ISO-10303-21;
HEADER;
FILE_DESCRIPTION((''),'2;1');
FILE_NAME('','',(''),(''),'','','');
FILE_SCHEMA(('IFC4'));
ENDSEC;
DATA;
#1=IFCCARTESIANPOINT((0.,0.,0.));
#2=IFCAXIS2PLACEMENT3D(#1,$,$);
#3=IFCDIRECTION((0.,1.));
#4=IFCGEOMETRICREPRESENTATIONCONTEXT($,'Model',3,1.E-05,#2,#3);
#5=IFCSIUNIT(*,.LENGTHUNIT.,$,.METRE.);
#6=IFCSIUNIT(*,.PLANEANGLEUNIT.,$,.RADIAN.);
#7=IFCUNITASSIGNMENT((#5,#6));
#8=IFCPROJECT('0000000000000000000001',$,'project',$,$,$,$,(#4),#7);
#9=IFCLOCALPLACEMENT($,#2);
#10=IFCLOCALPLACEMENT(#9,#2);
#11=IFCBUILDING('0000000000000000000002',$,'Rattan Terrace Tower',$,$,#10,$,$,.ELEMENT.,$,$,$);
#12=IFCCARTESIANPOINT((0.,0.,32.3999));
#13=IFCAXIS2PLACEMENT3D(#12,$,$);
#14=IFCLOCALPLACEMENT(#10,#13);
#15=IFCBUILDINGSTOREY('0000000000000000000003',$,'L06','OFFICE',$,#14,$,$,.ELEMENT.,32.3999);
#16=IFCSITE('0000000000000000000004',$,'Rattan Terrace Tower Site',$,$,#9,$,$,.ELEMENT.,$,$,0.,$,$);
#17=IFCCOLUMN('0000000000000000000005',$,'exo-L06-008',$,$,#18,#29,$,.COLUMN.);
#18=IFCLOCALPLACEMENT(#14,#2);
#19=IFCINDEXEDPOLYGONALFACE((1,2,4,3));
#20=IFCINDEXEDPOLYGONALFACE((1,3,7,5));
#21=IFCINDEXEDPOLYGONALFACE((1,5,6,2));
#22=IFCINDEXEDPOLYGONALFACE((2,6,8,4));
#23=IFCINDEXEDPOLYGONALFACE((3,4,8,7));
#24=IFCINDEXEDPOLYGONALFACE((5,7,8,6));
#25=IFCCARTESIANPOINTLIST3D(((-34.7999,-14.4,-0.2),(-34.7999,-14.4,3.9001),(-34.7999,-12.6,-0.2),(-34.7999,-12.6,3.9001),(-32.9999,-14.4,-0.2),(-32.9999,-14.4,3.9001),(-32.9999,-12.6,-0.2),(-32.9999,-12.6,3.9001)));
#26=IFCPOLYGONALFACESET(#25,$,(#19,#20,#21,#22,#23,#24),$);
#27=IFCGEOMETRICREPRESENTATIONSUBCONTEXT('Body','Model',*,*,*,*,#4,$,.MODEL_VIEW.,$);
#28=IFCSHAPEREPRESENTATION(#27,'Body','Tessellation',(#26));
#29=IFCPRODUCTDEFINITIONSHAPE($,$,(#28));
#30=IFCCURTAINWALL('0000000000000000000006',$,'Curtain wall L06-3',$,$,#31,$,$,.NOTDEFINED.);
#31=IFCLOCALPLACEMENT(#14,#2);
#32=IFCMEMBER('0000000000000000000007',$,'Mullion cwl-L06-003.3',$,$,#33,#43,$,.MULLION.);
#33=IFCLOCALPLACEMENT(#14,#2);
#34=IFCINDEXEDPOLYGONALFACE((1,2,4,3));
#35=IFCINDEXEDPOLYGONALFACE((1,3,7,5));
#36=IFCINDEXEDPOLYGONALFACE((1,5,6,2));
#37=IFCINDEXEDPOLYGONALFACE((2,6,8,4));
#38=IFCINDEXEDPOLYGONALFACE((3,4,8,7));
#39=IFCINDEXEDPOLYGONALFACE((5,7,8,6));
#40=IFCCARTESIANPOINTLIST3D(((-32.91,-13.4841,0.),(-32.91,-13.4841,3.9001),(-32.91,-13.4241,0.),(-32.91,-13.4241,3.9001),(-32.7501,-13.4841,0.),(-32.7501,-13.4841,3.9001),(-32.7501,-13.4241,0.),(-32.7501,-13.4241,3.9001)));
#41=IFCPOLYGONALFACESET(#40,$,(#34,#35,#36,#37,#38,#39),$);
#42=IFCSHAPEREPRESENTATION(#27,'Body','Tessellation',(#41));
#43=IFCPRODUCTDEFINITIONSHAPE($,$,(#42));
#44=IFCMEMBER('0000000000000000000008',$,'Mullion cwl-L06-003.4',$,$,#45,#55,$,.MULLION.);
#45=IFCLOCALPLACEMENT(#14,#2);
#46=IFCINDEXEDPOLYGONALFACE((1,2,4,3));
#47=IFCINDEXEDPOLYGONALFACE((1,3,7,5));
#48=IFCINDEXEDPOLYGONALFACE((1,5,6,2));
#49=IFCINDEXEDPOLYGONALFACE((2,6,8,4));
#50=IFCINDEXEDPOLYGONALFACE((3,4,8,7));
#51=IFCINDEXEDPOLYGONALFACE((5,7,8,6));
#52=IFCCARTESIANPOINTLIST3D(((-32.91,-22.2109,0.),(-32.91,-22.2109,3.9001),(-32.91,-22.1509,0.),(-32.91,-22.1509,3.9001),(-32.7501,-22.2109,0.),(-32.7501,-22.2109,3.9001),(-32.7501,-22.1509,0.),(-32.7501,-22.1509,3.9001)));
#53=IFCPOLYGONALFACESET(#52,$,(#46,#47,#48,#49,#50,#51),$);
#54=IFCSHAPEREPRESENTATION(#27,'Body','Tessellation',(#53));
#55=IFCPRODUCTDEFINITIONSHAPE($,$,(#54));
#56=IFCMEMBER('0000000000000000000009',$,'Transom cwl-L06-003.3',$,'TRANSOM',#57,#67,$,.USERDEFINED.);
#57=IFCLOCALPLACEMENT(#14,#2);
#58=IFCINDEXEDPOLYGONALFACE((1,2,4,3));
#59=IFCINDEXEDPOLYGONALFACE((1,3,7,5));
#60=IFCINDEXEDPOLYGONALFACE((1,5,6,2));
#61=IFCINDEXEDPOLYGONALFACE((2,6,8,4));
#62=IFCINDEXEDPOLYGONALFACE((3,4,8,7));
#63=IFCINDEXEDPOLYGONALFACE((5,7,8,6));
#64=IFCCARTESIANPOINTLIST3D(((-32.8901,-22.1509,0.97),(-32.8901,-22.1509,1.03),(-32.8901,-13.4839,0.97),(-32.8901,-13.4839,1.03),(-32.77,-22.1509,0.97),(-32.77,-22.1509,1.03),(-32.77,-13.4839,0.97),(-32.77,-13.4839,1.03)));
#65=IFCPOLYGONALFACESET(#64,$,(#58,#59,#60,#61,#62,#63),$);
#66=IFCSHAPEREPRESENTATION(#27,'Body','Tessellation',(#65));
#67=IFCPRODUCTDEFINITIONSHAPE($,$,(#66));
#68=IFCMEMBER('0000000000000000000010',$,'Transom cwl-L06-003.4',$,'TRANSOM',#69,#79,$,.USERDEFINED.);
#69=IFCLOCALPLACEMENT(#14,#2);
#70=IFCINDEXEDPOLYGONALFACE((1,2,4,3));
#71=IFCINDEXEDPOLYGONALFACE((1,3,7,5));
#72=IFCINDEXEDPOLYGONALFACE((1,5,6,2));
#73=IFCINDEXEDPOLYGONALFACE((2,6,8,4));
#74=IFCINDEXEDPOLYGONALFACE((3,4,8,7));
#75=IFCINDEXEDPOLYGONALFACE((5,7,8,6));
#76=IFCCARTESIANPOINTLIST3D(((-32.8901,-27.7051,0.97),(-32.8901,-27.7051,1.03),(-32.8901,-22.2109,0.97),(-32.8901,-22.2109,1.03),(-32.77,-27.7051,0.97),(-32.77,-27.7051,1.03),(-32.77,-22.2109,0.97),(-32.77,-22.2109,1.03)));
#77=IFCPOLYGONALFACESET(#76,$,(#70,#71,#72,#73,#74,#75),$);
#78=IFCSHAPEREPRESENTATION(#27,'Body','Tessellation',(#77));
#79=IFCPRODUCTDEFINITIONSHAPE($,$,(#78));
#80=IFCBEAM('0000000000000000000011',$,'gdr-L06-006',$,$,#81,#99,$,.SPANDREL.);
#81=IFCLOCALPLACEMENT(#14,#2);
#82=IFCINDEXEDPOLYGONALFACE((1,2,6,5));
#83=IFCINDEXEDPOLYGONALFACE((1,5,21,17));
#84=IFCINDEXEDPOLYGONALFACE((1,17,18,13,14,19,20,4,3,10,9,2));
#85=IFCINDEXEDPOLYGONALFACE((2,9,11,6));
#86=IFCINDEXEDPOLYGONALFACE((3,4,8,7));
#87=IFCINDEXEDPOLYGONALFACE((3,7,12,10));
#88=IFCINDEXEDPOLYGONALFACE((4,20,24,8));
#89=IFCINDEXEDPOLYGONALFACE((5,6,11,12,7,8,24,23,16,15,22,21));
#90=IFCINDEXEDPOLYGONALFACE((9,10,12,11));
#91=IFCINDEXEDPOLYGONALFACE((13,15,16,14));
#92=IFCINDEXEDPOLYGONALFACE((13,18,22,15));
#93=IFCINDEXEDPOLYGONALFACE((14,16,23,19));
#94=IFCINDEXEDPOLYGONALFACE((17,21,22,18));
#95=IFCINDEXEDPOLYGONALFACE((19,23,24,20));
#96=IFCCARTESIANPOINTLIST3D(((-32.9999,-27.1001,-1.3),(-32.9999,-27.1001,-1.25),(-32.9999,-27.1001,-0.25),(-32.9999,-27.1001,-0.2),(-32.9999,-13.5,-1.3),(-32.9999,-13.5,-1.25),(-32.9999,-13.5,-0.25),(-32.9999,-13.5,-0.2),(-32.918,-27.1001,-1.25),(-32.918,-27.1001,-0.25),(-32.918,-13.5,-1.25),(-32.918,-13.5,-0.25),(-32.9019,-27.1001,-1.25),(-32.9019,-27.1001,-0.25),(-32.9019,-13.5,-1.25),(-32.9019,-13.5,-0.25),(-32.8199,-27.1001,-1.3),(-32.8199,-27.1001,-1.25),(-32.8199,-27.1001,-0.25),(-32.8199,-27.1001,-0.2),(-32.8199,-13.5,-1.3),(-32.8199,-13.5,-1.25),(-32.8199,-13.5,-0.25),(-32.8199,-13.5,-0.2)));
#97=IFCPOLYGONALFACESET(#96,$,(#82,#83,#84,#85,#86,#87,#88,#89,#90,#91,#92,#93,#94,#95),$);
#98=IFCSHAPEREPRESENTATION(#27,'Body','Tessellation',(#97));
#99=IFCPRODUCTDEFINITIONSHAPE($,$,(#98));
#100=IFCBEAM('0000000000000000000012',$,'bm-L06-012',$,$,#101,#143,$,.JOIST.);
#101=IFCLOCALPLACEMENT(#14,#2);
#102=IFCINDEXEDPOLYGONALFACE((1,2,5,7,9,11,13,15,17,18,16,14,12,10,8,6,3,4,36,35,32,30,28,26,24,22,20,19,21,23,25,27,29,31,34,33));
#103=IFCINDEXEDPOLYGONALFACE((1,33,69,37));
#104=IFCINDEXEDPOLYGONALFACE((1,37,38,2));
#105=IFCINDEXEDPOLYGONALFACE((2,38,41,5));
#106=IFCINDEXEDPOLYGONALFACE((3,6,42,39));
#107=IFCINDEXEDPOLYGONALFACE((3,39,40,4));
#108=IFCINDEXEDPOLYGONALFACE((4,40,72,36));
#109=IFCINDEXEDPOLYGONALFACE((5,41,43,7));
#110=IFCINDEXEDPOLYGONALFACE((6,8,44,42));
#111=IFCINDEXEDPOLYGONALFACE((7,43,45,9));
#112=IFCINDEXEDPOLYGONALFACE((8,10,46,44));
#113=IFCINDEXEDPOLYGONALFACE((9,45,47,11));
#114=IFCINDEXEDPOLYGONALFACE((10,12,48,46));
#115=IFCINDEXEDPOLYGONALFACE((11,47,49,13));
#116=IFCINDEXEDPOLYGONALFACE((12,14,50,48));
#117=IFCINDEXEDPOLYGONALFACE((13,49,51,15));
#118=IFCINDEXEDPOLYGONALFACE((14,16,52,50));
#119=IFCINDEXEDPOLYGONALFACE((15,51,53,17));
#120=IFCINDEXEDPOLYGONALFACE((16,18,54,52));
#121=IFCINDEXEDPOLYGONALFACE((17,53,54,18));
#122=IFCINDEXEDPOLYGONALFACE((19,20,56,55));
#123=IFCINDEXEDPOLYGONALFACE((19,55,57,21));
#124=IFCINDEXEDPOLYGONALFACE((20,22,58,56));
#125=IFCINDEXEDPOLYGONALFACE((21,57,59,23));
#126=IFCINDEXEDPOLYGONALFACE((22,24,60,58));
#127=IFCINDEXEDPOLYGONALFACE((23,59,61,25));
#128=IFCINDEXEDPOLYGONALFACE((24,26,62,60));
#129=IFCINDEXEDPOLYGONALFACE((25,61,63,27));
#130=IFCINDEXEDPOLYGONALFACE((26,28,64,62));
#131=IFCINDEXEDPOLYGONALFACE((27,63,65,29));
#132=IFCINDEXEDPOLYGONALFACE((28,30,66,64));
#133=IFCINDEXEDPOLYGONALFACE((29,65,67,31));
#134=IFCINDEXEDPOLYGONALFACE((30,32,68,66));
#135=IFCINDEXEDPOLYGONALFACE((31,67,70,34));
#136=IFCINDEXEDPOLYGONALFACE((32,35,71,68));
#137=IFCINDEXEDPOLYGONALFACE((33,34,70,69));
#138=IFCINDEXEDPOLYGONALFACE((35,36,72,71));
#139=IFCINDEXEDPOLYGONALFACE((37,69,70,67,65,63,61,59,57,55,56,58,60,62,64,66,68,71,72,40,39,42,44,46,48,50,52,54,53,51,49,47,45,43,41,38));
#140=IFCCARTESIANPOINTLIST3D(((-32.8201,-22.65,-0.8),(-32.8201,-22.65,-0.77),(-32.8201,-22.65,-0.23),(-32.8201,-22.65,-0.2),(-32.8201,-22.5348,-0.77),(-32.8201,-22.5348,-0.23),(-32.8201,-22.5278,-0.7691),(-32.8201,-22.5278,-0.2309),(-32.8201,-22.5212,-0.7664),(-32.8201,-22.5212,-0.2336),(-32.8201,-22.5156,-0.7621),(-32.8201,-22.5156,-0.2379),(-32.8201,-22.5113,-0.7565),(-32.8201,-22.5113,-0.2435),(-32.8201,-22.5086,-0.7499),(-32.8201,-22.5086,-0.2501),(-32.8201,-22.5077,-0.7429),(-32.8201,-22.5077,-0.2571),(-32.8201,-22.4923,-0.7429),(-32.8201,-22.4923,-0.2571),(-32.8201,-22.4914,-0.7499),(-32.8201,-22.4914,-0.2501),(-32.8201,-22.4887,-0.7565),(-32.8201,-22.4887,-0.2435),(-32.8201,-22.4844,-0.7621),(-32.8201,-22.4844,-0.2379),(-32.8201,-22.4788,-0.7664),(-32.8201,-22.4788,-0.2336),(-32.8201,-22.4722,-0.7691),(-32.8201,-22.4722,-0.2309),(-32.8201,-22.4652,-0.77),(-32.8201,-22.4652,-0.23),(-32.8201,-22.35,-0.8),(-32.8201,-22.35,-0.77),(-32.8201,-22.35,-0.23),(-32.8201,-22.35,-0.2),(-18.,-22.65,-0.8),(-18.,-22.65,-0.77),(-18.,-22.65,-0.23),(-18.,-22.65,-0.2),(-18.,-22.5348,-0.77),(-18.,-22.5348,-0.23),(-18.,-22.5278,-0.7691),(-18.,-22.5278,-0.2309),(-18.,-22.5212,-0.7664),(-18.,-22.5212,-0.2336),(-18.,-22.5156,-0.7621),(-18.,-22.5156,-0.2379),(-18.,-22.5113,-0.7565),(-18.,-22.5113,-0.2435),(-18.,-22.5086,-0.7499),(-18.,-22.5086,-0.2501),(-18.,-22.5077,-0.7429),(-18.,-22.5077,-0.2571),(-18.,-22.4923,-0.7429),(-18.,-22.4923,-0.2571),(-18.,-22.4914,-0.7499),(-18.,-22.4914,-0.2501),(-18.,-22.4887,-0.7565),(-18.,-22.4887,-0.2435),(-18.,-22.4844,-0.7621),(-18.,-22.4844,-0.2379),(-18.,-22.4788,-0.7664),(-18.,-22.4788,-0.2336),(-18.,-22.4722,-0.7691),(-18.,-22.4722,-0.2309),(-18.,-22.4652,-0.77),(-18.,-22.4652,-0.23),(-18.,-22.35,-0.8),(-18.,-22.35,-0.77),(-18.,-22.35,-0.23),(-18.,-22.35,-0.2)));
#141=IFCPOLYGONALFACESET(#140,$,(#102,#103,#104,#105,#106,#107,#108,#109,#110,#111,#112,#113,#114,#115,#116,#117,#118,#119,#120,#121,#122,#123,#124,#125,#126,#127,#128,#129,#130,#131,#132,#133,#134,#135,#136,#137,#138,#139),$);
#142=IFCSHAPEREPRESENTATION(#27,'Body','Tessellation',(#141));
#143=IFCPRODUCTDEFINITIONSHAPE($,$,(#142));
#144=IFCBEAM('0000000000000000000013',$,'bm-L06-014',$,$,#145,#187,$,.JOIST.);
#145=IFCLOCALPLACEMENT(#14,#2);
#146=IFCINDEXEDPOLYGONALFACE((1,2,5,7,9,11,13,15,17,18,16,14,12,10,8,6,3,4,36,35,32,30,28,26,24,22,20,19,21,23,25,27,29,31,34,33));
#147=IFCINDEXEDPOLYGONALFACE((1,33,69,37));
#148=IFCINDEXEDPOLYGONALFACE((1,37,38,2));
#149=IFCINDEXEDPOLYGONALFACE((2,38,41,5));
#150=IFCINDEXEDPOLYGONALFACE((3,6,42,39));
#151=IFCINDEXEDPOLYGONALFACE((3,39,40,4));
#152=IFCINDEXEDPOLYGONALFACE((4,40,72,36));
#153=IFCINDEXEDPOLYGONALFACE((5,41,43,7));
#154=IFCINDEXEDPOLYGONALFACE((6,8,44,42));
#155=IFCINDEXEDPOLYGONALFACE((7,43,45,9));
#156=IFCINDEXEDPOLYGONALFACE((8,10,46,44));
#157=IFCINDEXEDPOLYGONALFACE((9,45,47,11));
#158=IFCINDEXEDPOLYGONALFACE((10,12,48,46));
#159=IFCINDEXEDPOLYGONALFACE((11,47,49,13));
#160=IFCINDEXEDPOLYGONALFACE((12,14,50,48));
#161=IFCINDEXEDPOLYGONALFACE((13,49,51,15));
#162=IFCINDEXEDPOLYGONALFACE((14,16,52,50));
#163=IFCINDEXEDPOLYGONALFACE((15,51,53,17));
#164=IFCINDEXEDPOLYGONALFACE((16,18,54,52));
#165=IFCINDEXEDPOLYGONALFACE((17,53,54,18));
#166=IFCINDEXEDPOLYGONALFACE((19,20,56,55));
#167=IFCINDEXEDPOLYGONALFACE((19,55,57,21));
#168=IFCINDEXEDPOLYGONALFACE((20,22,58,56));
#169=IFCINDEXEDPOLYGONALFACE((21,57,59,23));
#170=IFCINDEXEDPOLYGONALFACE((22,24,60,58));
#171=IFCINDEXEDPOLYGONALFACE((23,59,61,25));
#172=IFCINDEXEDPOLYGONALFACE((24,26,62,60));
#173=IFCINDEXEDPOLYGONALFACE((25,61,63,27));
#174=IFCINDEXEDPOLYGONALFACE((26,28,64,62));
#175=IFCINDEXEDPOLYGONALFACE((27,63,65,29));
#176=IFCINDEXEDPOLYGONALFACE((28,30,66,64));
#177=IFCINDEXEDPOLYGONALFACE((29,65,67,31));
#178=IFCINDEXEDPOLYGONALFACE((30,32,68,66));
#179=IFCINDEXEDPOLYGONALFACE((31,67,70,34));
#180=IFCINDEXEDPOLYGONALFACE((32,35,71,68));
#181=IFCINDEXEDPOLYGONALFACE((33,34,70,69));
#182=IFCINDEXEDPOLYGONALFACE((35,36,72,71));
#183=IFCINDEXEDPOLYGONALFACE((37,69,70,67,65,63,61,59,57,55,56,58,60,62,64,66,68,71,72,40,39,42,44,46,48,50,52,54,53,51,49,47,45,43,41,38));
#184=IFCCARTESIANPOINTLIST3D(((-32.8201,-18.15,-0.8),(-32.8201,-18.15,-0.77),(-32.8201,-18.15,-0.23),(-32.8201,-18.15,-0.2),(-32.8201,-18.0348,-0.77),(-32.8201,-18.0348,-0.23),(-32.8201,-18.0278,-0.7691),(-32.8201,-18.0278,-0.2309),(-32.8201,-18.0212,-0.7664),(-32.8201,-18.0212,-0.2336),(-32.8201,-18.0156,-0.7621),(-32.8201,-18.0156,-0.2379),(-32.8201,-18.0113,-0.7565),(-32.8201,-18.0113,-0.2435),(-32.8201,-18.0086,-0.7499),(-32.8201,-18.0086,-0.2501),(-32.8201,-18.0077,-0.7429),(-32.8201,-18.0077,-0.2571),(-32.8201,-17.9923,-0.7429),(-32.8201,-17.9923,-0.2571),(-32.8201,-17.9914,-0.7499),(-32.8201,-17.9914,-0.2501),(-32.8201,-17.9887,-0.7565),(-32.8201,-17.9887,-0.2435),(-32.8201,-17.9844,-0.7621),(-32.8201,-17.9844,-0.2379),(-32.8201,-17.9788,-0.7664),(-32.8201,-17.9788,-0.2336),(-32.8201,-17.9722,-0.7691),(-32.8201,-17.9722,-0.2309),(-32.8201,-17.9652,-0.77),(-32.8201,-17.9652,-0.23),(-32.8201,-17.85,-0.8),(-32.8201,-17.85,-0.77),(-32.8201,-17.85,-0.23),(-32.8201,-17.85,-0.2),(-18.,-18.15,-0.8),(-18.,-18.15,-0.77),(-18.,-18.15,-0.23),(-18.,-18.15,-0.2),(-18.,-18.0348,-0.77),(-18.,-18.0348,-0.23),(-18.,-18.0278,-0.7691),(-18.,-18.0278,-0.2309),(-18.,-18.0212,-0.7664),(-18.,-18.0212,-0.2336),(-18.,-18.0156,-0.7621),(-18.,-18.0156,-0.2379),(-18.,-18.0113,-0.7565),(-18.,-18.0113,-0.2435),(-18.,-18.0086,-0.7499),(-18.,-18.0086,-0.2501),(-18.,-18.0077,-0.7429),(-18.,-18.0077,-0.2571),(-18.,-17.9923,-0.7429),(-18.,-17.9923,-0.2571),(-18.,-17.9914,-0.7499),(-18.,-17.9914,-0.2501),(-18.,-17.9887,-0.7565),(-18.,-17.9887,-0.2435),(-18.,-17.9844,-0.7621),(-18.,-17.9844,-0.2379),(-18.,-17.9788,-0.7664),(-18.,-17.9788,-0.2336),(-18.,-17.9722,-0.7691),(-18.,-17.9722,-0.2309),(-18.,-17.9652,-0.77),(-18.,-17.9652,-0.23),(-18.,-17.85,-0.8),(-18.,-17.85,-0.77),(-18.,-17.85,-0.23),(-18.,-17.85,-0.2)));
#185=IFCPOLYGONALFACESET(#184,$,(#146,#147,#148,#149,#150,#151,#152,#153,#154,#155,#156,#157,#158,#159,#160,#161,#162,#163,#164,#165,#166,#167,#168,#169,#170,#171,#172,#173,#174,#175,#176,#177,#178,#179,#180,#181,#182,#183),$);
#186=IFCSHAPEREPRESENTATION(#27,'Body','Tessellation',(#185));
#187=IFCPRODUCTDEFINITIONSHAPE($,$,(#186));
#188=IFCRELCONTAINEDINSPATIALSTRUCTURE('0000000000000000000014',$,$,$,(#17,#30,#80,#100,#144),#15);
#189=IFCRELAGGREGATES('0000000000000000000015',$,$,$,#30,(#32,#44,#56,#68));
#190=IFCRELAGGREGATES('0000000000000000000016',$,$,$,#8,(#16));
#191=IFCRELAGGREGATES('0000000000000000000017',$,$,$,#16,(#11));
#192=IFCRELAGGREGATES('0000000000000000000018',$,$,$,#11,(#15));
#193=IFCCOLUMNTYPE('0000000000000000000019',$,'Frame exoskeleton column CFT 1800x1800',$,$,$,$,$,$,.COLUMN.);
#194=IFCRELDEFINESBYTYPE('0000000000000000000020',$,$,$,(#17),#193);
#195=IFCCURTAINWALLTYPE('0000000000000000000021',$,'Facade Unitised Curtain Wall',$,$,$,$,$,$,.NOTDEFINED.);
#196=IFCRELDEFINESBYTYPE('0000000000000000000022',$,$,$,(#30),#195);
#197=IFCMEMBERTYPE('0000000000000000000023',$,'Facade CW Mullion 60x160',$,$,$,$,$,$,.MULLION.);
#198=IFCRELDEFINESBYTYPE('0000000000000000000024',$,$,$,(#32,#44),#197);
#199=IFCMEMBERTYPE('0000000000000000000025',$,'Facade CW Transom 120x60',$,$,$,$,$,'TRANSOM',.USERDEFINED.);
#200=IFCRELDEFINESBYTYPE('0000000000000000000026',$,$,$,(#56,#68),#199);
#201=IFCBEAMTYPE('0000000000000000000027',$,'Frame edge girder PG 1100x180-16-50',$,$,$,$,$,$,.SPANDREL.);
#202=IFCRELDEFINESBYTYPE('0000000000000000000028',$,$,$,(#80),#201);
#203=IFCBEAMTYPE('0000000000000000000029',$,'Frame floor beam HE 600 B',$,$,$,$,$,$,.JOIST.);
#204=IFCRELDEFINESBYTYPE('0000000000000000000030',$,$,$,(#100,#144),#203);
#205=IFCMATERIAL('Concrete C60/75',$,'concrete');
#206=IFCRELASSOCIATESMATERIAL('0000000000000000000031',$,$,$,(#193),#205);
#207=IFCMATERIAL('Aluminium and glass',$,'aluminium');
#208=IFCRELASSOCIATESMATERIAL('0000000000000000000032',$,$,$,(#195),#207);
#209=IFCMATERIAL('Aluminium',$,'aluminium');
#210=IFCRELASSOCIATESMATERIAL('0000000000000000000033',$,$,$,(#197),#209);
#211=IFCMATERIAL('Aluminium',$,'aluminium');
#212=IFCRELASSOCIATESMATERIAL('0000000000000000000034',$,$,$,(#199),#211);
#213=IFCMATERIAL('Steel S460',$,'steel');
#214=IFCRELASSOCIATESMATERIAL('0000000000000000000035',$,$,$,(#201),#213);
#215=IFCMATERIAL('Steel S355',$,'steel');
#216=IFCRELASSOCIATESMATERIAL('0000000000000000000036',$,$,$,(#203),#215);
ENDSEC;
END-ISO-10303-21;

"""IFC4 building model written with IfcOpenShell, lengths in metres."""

from ifc_helpers import new_model, si_unit, direction, frame, origin, origin_2d, place, context, subcontext, project, spatial, rectangle, i_section, extrude, material, material_profile, profile_set, type_object, element, aggregate, save


model = new_model("IFC4")

# Units and contexts
model_context = context("Model", 3, precision=1e-05, world=origin(), true_north=direction((0.0, 1.0)))
body_context = subcontext(model_context, "Body", "Model", "MODEL_VIEW")
ifc_project = project(units=[si_unit("LENGTHUNIT", "METRE"), si_unit("PLANEANGLEUNIT", "RADIAN")], contexts=[model_context])

# Site, building, storey
site_placement = place(None, origin())
site = spatial("IfcSite", under=ifc_project, at=site_placement, Name="Rattan Terrace Tower Site", CompositionType="ELEMENT", RefElevation=0.0)
building_placement = place(site_placement, origin())
building = spatial("IfcBuilding", under=site, at=building_placement, Name="Rattan Terrace Tower", CompositionType="ELEMENT")
storey_placement = place(building_placement, frame((0.0, 0.0, 32.3999)))
storey = spatial("IfcBuildingStorey", under=building, at=storey_placement, Name="L06", Description="OFFICE", CompositionType="ELEMENT", Elevation=32.3999)

# Column
ifc_material_1 = material(Name="Concrete C60/75", Category="concrete")
ifc_material_profile_1 = material_profile(ifc_material_1, rectangle(XDim=1.8, YDim=1.8, at=origin_2d()), Name="CFT 1800x1800")
ifc_profile_set_1 = profile_set([ifc_material_profile_1], Name="Concrete C60/75")
column_type = type_object("IfcColumnType", Name="Frame exoskeleton column CFT 1800x1800", PredefinedType="COLUMN", material=ifc_profile_set_1)
column_placement = place(storey_placement, frame((-33.8999, -13.5, -0.2), z_axis=(0.0, 0.0, 1.0), x_axis=(0.0, 1.0, 0.0)))
element("IfcColumn", 1, at=column_placement, inside=storey, type_object=column_type, Name="exo-L06-008", PredefinedType="COLUMN", context=body_context, shape_type="SweptSolid", body=[
    extrude(rectangle(XDim=1.8, YDim=1.8, at=origin_2d()), origin(), (0.0, 0.0, 1.0), 4.1001),
])

# Curtain wall, members
ifc_material_2 = material(Name="Aluminium and glass", Category="aluminium")
curtain_wall_type = type_object("IfcCurtainWallType", Name="Facade Unitised Curtain Wall", PredefinedType="NOTDEFINED", material=ifc_material_2)
curtain_wall_placement = place(storey_placement, origin())
curtain_wall = element("IfcCurtainWall", 2, at=curtain_wall_placement, inside=storey, type_object=curtain_wall_type, Name="Curtain wall L06-3", PredefinedType="NOTDEFINED")
ifc_material_3 = material(Name="Aluminium", Category="aluminium")
ifc_material_profile_2 = material_profile(ifc_material_3, rectangle(XDim=0.0601, YDim=0.1599, at=origin_2d()), Name="Aluminium 60x160")
ifc_profile_set_2 = profile_set([ifc_material_profile_2], Name="Aluminium")
member_type_1 = type_object("IfcMemberType", Name="Facade CW Mullion 60x160", PredefinedType="MULLION", material=ifc_profile_set_2)
member_1_placement = place(storey_placement, frame((-32.8301, -13.4541, 0.0), z_axis=(0.0, 0.0, 1.0), x_axis=(0.0, -1.0, 0.0)))
member_1 = element("IfcMember", 3, at=member_1_placement, type_object=member_type_1, Name="Mullion cwl-L06-003.3", PredefinedType="MULLION", context=body_context, shape_type="SweptSolid", body=[
    extrude(rectangle(XDim=0.0601, YDim=0.1599, at=origin_2d()), origin(), (0.0, 0.0, 1.0), 3.9001),
])
member_2_placement = place(storey_placement, frame((-32.8301, -22.1809, 0.0), z_axis=(0.0, 0.0, 1.0), x_axis=(0.0, -1.0, 0.0)))
member_2 = element("IfcMember", 4, at=member_2_placement, type_object=member_type_1, Name="Mullion cwl-L06-003.4", PredefinedType="MULLION", context=body_context, shape_type="SweptSolid", body=[
    extrude(rectangle(XDim=0.0601, YDim=0.1599, at=origin_2d()), origin(), (0.0, 0.0, 1.0), 3.9001),
])
ifc_material_4 = material(Name="Aluminium", Category="aluminium")
ifc_material_profile_3 = material_profile(ifc_material_4, rectangle(XDim=0.1201, YDim=0.0601, at=origin_2d()), Name="Aluminium 120x60")
ifc_profile_set_3 = profile_set([ifc_material_profile_3], Name="Aluminium")
member_type_2 = type_object("IfcMemberType", Name="Facade CW Transom 120x60", ElementType="TRANSOM", PredefinedType="USERDEFINED", material=ifc_profile_set_3)
member_3_placement = place(storey_placement, frame((-32.8301, -13.4839, 1.0), z_axis=(0.0, -1.0, 0.0), x_axis=(1.0, 0.0, 0.0)))
member_3 = element("IfcMember", 5, at=member_3_placement, type_object=member_type_2, Name="Transom cwl-L06-003.3", ObjectType="TRANSOM", PredefinedType="USERDEFINED", context=body_context, shape_type="SweptSolid", body=[
    extrude(rectangle(XDim=0.1201, YDim=0.0601, at=origin_2d()), origin(), (0.0, 0.0, 1.0), 8.667),
])
member_4_placement = place(storey_placement, frame((-32.8301, -22.2109, 1.0), z_axis=(0.0, -1.0, 0.0), x_axis=(1.0, 0.0, 0.0)))
member_4 = element("IfcMember", 6, at=member_4_placement, type_object=member_type_2, Name="Transom cwl-L06-003.4", ObjectType="TRANSOM", PredefinedType="USERDEFINED", context=body_context, shape_type="SweptSolid", body=[
    extrude(rectangle(XDim=0.1201, YDim=0.0601, at=origin_2d()), origin(), (0.0, 0.0, 1.0), 5.4941),
])

# Beams
ifc_material_5 = material(Name="Steel S460", Category="steel")
ifc_material_profile_4 = material_profile(ifc_material_5, i_section(OverallWidth=0.1799, OverallDepth=1.1001, WebThickness=0.0161, FlangeThickness=0.05, at=origin_2d()), Name="PG 1100x180-16-50")
ifc_profile_set_4 = profile_set([ifc_material_profile_4], Name="Steel S460")
beam_type_1 = type_object("IfcBeamType", Name="Frame edge girder PG 1100x180-16-50", PredefinedType="SPANDREL", material=ifc_profile_set_4)
beam_placement = place(storey_placement, frame((-32.9099, -13.5, -0.75), z_axis=(0.0, -1.0, 0.0), x_axis=(1.0, 0.0, 0.0)))
element("IfcBeam", 7, at=beam_placement, inside=storey, type_object=beam_type_1, Name="gdr-L06-006", PredefinedType="SPANDREL", context=body_context, shape_type="SweptSolid", body=[
    extrude(i_section(OverallWidth=0.1799, OverallDepth=1.1001, WebThickness=0.0161, FlangeThickness=0.05, at=origin_2d()), origin(), (0.0, 0.0, 1.0), 13.6001),
])
ifc_material_6 = material(Name="Steel S355", Category="steel")
ifc_material_profile_5 = material_profile(ifc_material_6, i_section(OverallWidth=0.3, OverallDepth=0.6001, WebThickness=0.0154, FlangeThickness=0.03, FilletRadius=0.0271, at=origin_2d()), Name="HE 600 B")
ifc_profile_set_5 = profile_set([ifc_material_profile_5], Name="Steel S355")
beam_type_2 = type_object("IfcBeamType", Name="Frame floor beam HE 600 B", PredefinedType="JOIST", material=ifc_profile_set_5)
for number, where, z_axis, x_axis, name in (
    (8, (-32.8201, -22.5, -0.5), (1.0, 0.0, 0.0), (0.0, 1.0, 0.0), "bm-L06-012"),
    (9, (-32.8201, -18.0, -0.5), (1.0, 0.0, 0.0), (0.0, 1.0, 0.0), "bm-L06-014"),
):
    element("IfcBeam", number, at=place(storey_placement, frame(where, z_axis=z_axis, x_axis=x_axis)), inside=storey, type_object=beam_type_2, Name=name, PredefinedType="JOIST", context=body_context, shape_type="SweptSolid", body=[
        extrude(i_section(OverallWidth=0.3, OverallDepth=0.6001, WebThickness=0.0154, FlangeThickness=0.03, FilletRadius=0.0271, at=origin_2d()), origin(), (0.0, 0.0, 1.0), 14.8201),
    ])

aggregate(curtain_wall, [member_1, member_2, member_3, member_4])

save(model, "model.ifc")
